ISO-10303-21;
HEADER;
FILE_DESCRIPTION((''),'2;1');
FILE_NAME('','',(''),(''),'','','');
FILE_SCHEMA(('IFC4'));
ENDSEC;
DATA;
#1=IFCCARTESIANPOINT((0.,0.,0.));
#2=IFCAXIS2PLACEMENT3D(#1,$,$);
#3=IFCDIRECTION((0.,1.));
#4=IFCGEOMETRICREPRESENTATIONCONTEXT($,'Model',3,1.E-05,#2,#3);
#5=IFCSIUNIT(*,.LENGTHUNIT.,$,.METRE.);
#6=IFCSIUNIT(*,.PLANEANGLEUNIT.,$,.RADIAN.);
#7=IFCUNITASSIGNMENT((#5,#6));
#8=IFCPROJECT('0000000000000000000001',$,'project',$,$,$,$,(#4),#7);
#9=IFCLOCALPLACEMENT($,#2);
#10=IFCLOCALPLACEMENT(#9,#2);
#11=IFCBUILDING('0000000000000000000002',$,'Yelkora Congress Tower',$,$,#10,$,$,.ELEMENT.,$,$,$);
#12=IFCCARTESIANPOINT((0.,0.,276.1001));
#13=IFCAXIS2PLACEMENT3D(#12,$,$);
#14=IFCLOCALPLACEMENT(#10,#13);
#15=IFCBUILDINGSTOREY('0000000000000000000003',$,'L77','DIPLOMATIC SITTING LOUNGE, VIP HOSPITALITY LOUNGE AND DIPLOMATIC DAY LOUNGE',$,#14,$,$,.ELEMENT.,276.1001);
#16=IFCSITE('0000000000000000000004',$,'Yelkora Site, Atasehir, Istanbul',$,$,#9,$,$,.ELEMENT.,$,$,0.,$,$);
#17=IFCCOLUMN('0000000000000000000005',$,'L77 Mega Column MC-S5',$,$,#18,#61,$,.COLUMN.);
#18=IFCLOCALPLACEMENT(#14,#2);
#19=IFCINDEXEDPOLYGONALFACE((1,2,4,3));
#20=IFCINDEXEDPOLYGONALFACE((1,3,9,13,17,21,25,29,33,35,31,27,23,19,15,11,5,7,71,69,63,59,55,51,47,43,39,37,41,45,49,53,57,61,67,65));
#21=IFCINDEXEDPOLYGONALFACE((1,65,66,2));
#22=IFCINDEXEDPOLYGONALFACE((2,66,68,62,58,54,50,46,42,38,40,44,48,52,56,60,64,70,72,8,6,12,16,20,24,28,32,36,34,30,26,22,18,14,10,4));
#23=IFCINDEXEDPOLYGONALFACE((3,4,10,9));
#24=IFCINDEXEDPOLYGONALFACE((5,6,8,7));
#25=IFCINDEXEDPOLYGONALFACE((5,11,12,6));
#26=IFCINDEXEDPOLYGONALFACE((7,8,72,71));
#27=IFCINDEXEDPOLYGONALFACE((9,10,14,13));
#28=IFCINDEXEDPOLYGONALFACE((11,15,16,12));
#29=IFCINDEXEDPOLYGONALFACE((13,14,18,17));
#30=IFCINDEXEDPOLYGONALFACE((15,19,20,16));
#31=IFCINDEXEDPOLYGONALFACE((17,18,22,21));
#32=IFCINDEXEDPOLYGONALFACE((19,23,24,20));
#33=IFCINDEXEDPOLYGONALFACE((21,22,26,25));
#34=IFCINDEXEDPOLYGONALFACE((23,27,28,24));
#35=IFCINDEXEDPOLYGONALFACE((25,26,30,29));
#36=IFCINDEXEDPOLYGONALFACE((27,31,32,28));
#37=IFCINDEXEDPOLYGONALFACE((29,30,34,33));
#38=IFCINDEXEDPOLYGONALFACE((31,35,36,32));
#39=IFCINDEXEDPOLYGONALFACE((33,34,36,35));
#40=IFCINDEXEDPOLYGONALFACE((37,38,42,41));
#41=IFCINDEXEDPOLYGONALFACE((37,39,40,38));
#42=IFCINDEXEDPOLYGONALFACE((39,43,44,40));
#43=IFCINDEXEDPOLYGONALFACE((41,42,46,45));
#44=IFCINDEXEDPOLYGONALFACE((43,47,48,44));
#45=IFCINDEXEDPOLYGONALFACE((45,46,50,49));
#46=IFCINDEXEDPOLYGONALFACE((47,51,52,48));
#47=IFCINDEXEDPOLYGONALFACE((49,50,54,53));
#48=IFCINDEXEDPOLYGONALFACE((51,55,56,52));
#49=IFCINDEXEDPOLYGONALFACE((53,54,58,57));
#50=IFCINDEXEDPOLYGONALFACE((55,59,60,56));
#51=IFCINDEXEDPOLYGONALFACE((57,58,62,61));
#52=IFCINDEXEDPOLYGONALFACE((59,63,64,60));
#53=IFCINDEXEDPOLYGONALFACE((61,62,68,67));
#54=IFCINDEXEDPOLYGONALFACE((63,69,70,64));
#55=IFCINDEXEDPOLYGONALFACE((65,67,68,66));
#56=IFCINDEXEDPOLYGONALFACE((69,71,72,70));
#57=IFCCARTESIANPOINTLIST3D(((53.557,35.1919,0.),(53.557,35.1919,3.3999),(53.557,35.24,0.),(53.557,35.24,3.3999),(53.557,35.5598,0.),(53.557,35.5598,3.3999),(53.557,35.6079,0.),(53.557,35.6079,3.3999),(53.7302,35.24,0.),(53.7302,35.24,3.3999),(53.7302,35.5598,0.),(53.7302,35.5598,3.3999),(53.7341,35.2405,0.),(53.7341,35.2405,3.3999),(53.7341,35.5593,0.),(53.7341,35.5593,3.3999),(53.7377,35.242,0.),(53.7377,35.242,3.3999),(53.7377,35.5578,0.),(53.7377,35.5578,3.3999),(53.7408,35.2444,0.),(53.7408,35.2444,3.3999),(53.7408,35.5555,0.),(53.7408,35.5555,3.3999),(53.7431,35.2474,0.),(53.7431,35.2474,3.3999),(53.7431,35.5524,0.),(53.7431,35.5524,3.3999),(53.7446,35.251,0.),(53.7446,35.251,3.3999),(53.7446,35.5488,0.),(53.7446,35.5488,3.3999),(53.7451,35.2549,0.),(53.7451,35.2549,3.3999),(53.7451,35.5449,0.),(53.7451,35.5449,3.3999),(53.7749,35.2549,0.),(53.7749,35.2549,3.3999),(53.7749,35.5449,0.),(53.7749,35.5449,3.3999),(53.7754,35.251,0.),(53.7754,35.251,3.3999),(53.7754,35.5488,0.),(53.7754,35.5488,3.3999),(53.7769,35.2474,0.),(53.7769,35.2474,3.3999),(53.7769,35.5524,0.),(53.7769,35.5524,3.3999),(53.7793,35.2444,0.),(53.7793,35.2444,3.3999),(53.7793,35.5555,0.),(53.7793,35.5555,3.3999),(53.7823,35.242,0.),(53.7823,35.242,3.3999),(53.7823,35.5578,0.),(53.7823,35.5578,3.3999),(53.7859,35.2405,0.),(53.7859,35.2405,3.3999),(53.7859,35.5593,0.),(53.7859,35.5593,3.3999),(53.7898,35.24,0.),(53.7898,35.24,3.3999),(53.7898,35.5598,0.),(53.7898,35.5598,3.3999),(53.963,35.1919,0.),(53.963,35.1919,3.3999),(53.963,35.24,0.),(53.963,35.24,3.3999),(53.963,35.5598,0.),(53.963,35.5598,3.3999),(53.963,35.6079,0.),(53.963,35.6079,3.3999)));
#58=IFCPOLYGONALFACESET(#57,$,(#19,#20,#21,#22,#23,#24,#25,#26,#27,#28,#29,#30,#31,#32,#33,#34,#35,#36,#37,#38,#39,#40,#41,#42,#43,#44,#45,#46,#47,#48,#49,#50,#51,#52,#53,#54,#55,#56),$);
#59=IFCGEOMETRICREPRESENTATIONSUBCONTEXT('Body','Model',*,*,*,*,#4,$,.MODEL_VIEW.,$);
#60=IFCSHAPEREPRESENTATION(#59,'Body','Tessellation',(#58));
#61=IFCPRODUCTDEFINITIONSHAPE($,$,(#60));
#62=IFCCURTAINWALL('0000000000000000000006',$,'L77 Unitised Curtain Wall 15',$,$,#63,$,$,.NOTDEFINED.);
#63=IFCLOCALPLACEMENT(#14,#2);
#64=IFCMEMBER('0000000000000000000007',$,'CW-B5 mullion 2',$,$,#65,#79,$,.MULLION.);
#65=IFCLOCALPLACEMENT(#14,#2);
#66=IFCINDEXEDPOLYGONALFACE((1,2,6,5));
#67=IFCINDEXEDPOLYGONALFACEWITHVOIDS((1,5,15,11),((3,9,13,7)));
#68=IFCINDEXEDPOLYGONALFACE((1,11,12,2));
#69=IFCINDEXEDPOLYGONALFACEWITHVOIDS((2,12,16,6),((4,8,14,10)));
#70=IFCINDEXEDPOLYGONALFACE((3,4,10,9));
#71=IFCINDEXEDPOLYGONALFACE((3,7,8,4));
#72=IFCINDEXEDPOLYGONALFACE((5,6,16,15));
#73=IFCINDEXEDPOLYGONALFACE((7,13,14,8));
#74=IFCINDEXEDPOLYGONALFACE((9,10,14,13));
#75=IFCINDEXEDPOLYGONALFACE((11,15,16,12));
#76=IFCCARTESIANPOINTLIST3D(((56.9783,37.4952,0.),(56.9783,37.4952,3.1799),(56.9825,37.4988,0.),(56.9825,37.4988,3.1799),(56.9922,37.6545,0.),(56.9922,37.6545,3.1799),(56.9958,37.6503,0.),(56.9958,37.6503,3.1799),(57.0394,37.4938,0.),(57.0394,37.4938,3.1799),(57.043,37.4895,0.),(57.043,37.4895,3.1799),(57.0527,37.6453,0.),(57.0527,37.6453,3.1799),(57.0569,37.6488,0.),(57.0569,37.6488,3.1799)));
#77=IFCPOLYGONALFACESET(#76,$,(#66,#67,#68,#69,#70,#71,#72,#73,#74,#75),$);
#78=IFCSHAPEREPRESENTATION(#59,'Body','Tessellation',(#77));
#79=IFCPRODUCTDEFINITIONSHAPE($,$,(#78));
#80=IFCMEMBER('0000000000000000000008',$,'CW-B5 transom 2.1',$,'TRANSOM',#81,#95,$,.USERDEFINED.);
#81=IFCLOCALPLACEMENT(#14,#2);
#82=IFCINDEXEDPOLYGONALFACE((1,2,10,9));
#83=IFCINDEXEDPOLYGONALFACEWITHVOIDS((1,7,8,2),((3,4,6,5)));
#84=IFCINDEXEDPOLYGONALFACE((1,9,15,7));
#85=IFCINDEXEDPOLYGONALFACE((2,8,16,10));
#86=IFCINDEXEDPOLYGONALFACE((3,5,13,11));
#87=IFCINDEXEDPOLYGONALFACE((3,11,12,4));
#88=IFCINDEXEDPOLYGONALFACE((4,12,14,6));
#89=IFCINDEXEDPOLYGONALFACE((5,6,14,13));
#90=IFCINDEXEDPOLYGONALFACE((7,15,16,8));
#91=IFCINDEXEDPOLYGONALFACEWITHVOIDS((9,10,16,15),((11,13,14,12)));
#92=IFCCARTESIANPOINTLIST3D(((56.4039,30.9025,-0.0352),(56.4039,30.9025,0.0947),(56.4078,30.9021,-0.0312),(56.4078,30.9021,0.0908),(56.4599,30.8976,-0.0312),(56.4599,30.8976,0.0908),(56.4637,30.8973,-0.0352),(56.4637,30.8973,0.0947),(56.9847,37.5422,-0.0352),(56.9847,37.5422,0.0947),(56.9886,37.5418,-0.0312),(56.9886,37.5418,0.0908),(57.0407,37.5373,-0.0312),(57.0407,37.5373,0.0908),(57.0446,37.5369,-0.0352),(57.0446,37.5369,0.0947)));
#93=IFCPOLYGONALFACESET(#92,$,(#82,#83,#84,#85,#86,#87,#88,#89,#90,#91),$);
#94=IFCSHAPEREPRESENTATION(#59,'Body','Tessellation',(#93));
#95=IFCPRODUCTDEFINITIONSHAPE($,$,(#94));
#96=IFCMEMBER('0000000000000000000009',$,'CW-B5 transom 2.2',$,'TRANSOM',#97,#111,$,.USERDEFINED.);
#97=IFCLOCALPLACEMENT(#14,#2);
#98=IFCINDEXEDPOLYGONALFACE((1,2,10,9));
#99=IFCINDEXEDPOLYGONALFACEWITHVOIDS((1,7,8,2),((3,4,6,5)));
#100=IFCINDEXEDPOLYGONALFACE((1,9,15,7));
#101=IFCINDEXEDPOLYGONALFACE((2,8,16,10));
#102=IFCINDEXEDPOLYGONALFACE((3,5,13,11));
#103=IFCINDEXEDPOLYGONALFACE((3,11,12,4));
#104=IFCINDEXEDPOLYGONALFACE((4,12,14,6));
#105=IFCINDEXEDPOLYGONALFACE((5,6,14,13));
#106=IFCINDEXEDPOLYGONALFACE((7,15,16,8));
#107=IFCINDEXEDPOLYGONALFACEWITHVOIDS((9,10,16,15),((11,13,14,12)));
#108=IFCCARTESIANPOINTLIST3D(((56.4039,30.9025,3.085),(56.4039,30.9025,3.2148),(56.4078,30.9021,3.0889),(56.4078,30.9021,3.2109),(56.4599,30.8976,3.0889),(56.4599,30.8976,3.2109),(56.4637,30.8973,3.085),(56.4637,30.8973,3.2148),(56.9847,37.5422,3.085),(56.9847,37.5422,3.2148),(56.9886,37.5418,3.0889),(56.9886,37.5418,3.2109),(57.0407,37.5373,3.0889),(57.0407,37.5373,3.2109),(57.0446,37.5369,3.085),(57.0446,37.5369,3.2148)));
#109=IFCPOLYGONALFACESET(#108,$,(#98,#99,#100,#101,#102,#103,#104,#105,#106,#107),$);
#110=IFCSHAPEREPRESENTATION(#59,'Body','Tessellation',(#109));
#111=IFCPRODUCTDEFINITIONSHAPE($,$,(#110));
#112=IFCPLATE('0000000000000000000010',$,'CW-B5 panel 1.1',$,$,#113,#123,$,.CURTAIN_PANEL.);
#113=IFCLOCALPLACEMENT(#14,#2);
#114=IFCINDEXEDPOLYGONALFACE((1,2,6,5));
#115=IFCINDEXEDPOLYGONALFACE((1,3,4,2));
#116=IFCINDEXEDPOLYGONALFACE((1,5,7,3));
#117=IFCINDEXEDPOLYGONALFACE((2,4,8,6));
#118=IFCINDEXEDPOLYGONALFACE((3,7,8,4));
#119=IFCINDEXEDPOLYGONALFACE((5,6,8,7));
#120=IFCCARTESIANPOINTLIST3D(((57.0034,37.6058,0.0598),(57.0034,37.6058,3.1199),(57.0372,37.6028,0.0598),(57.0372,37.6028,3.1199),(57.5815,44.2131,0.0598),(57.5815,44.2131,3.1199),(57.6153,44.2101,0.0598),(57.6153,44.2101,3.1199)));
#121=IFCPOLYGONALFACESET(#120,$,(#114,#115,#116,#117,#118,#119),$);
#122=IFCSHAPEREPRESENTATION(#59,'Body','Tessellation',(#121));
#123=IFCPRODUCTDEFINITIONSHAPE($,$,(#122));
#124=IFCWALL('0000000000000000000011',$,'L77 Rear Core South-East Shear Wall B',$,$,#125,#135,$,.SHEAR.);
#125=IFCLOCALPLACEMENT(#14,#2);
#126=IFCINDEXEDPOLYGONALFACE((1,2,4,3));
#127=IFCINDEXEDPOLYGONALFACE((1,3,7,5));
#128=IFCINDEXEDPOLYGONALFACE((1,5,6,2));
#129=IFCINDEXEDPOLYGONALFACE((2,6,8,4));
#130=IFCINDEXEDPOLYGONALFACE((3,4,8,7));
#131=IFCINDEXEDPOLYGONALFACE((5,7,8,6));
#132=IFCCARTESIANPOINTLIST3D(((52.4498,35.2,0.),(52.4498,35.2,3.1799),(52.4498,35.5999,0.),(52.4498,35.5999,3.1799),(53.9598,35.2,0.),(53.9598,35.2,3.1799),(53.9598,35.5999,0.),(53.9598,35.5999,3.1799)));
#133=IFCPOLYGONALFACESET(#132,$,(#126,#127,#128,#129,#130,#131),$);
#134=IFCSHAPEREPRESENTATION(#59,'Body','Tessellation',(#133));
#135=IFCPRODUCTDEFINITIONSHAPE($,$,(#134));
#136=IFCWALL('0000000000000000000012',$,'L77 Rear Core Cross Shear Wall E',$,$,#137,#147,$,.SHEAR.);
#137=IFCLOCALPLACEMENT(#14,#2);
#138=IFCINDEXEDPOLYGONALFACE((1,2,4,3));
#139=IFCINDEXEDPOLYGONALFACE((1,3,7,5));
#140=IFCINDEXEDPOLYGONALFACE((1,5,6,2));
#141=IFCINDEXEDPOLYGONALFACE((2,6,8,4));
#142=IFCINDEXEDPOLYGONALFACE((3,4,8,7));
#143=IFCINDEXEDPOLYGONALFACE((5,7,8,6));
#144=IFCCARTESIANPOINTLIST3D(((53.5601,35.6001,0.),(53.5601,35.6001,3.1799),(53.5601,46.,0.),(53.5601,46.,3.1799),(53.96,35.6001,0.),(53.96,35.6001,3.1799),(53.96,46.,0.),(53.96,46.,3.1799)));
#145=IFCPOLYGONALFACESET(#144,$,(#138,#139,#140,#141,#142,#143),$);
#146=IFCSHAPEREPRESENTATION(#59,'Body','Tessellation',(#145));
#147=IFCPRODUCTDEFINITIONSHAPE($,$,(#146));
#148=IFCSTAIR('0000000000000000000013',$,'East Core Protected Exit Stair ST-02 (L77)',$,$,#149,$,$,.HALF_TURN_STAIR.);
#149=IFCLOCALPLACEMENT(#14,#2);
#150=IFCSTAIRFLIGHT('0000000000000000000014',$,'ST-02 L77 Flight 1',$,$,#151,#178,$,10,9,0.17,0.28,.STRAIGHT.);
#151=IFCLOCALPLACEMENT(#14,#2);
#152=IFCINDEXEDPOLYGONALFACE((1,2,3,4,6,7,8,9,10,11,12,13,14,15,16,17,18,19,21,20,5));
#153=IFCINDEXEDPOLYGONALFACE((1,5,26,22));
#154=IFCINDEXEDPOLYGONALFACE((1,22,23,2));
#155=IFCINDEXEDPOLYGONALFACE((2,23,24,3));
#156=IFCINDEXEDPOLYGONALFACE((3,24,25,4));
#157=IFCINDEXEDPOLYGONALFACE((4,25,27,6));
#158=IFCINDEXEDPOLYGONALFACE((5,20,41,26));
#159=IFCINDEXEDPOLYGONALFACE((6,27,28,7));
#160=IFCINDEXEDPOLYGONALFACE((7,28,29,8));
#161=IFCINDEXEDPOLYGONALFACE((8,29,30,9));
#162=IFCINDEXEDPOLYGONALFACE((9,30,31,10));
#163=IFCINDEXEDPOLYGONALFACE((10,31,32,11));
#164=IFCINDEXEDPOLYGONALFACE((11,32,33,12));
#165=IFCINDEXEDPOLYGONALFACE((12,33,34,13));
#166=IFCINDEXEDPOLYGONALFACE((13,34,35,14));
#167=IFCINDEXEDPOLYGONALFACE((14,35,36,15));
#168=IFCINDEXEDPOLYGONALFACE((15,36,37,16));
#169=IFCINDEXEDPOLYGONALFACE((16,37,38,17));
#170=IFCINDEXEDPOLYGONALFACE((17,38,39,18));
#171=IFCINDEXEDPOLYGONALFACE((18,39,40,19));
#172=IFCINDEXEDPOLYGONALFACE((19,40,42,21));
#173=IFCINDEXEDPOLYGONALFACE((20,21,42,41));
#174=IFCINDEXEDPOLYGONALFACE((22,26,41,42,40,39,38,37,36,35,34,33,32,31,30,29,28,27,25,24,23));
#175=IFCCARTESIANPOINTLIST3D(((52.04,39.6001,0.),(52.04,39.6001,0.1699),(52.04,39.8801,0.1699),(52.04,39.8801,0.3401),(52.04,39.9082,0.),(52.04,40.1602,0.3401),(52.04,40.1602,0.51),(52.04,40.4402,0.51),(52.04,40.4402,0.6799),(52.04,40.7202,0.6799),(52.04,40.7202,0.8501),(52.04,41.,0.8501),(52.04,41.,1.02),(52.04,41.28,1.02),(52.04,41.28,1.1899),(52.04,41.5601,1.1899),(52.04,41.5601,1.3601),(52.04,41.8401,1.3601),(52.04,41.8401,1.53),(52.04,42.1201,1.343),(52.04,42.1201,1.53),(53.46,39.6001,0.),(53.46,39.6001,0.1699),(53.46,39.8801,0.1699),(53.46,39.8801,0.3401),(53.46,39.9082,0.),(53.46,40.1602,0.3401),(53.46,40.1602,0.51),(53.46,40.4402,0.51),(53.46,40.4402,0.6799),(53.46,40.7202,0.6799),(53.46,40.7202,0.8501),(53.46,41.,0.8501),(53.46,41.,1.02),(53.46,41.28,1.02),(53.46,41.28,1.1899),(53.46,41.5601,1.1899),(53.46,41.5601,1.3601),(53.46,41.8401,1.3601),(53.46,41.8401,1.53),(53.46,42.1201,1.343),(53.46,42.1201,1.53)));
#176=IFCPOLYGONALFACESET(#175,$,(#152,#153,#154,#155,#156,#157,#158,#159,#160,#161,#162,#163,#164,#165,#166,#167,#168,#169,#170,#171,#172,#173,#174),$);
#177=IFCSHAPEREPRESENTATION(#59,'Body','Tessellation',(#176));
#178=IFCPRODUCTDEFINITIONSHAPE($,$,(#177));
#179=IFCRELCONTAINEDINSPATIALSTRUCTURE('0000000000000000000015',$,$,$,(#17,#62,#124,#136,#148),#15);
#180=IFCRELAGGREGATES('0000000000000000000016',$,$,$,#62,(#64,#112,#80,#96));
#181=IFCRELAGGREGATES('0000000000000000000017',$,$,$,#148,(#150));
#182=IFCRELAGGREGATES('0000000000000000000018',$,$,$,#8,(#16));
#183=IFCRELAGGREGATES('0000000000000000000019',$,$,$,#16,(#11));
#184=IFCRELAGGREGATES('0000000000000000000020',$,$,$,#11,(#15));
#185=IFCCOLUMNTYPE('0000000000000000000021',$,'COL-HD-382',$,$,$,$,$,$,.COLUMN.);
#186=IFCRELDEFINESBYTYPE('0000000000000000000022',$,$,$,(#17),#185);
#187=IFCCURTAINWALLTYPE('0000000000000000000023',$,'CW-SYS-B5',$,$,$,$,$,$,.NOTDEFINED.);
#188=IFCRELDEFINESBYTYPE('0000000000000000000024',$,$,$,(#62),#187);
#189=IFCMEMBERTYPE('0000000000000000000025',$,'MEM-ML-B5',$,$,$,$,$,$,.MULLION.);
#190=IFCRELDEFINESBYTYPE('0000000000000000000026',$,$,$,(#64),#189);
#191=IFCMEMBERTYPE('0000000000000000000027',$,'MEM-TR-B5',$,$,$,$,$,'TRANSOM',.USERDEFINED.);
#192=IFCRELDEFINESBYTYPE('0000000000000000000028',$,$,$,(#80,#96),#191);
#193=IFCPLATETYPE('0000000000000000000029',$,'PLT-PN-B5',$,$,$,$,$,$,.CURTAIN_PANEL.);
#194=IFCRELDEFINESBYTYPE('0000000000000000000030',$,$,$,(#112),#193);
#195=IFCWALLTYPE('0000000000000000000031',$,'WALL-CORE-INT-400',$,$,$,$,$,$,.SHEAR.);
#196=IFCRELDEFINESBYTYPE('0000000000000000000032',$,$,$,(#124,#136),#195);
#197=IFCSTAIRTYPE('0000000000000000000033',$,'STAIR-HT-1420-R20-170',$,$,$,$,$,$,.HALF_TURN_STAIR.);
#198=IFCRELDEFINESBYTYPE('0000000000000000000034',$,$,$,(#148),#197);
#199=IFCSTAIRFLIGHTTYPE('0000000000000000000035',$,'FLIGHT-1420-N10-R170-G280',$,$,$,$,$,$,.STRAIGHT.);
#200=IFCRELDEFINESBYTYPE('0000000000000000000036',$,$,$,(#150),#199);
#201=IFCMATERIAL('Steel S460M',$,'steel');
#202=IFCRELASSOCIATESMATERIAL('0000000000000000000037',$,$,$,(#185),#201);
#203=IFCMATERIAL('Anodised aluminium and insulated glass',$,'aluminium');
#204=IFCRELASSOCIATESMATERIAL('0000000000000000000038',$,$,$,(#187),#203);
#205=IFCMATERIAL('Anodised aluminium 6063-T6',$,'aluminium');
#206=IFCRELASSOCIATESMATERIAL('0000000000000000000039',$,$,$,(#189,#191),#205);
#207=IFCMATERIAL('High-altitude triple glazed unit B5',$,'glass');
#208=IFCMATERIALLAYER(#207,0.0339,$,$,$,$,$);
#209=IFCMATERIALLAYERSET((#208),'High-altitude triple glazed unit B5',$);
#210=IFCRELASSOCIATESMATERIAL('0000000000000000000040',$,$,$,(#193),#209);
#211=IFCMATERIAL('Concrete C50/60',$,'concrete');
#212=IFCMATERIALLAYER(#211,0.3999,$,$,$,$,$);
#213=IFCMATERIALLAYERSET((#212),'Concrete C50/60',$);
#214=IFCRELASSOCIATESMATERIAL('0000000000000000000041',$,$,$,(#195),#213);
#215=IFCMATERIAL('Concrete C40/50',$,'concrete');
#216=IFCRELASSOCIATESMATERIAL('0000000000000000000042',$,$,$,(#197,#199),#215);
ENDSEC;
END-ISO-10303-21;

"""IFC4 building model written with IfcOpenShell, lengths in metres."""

from ifc_helpers import new_model, si_unit, direction, frame, frame_2d, origin, origin_2d, place, context, subcontext, project, spatial, polyline, rectangle, hollow_rectangle, i_section, outline, extrude, material, layer, layer_set, material_profile, profile_set, type_object, element, aggregate, save


model = new_model("IFC4")

# Units and contexts
model_context = context("Model", 3, precision=1e-05, world=origin(), true_north=direction((0.0, 1.0)))
body_context = subcontext(model_context, "Body", "Model", "MODEL_VIEW")
ifc_project = project(units=[si_unit("LENGTHUNIT", "METRE"), si_unit("PLANEANGLEUNIT", "RADIAN")], contexts=[model_context])

# Site, building, storey
site_placement = place(None, origin())
site = spatial("IfcSite", under=ifc_project, at=site_placement, Name="Yelkora Site, Atasehir, Istanbul", CompositionType="ELEMENT", RefElevation=0.0)
building_placement = place(site_placement, origin())
building = spatial("IfcBuilding", under=site, at=building_placement, Name="Yelkora Congress Tower", CompositionType="ELEMENT")
storey_placement = place(building_placement, frame((0.0, 0.0, 276.1001)))
storey = spatial("IfcBuildingStorey", under=building, at=storey_placement, Name="L77", Description="DIPLOMATIC SITTING LOUNGE, VIP HOSPITALITY LOUNGE AND DIPLOMATIC DAY LOUNGE", CompositionType="ELEMENT", Elevation=276.1001)

# Column
ifc_material_1 = material(Name="Steel S460M", Category="steel")
ifc_material_profile_1 = material_profile(ifc_material_1, i_section(OverallWidth=0.406, OverallDepth=0.416, WebThickness=0.0298, FlangeThickness=0.0481, FilletRadius=0.0149, at=origin_2d()), Name="HD 400x382")
ifc_profile_set_1 = profile_set([ifc_material_profile_1], Name="Steel S460M")
column_type = type_object("IfcColumnType", Name="COL-HD-382", PredefinedType="COLUMN", material=ifc_profile_set_1)
column_placement = place(storey_placement, frame((53.76, 35.3999, 0.0), z_axis=(0.0, 0.0, 1.0), x_axis=(1.0, 0.0, 0.0)))
element("IfcColumn", 1, at=column_placement, inside=storey, type_object=column_type, Name="L77 Mega Column MC-S5", PredefinedType="COLUMN", context=body_context, shape_type="SweptSolid", body=[
    extrude(i_section(OverallWidth=0.406, OverallDepth=0.416, WebThickness=0.0298, FlangeThickness=0.0481, FilletRadius=0.0149, at=origin_2d()), origin(), (0.0, 0.0, 1.0), 3.3999),
])

# Curtain wall, members, plate
ifc_material_2 = material(Name="Anodised aluminium and insulated glass", Category="aluminium")
curtain_wall_type = type_object("IfcCurtainWallType", Name="CW-SYS-B5", PredefinedType="NOTDEFINED", material=ifc_material_2)
curtain_wall_placement = place(storey_placement, origin())
curtain_wall = element("IfcCurtainWall", 2, at=curtain_wall_placement, inside=storey, type_object=curtain_wall_type, Name="L77 Unitised Curtain Wall 15", PredefinedType="NOTDEFINED")
ifc_material_3 = material(Name="Anodised aluminium 6063-T6", Category="aluminium")
ifc_material_profile_2 = material_profile(ifc_material_3, hollow_rectangle(XDim=0.0649, YDim=0.1599, WallThickness=0.0039, at=origin_2d()), Name="ALU 65x160x4")
ifc_profile_set_2 = profile_set([ifc_material_profile_2], Name="Anodised aluminium 6063-T6")
member_type_1 = type_object("IfcMemberType", Name="MEM-ML-B5", PredefinedType="MULLION", material=ifc_profile_set_2)
member_1_placement = place(storey_placement, frame((57.0176, 37.572, 0.0), z_axis=(0.0, 0.0, 1.0), x_axis=(0.996194, -0.087158, 0.0)))
member_1 = element("IfcMember", 3, at=member_1_placement, type_object=member_type_1, Name="CW-B5 mullion 2", PredefinedType="MULLION", context=body_context, shape_type="SweptSolid", body=[
    extrude(hollow_rectangle(XDim=0.0649, YDim=0.1599, WallThickness=0.0039, at=origin_2d()), origin(), (0.0, 0.0, 1.0), 3.1799),
])
ifc_material_profile_3 = material_profile(ifc_material_3, hollow_rectangle(XDim=0.0601, YDim=0.1299, WallThickness=0.0039, at=origin_2d()), Name="ALU 60x130x4")
ifc_profile_set_3 = profile_set([ifc_material_profile_3], Name="Anodised aluminium 6063-T6")
member_type_2 = type_object("IfcMemberType", Name="MEM-TR-B5", ElementType="TRANSOM", PredefinedType="USERDEFINED", material=ifc_profile_set_3)
member_2_placement = place(storey_placement, frame((57.0146, 37.5396, 0.0298), z_axis=(-0.087143, -0.996196, 0.0), x_axis=(0.996196, -0.087143, 0.0)))
member_2 = element("IfcMember", 4, at=member_2_placement, type_object=member_type_2, Name="CW-B5 transom 2.1", ObjectType="TRANSOM", PredefinedType="USERDEFINED", context=body_context, shape_type="SweptSolid", body=[
    extrude(hollow_rectangle(XDim=0.0601, YDim=0.1299, WallThickness=0.0039, at=origin_2d()), origin(), (0.0, 0.0, 1.0), 6.665),
])
member_3_placement = place(storey_placement, frame((57.0146, 37.5396, 3.1499), z_axis=(-0.087143, -0.996196, 0.0), x_axis=(0.996196, -0.087143, 0.0)))
member_3 = element("IfcMember", 5, at=member_3_placement, type_object=member_type_2, Name="CW-B5 transom 2.2", ObjectType="TRANSOM", PredefinedType="USERDEFINED", context=body_context, shape_type="SweptSolid", body=[
    extrude(hollow_rectangle(XDim=0.0601, YDim=0.1299, WallThickness=0.0039, at=origin_2d()), origin(), (0.0, 0.0, 1.0), 6.665),
])
ifc_material_4 = material(Name="High-altitude triple glazed unit B5", Category="glass")
ifc_layer_1 = layer(ifc_material_4, 0.0339)
ifc_layer_set_1 = layer_set([ifc_layer_1], Name="High-altitude triple glazed unit B5")
plate_type = type_object("IfcPlateType", Name="PLT-PN-B5", PredefinedType="CURTAIN_PANEL", material=ifc_layer_set_1)
plate_placement = place(storey_placement, frame((57.3093, 40.908, 0.0598), z_axis=(0.0, 0.0, 1.0), x_axis=(-0.087158, -0.996194, 0.0)))
plate = element("IfcPlate", 6, at=plate_placement, type_object=plate_type, Name="CW-B5 panel 1.1", PredefinedType="CURTAIN_PANEL", context=body_context, shape_type="SweptSolid", body=[
    extrude(rectangle(XDim=6.6326, YDim=0.0339, at=origin_2d()), origin(), (0.0, 0.0, 1.0), 3.0601),
])
aggregate(curtain_wall, [member_1, plate, member_2, member_3])

# Walls
ifc_material_5 = material(Name="Concrete C50/60", Category="concrete")
ifc_layer_2 = layer(ifc_material_5, 0.3999)
ifc_layer_set_2 = layer_set([ifc_layer_2], Name="Concrete C50/60")
wall_type = type_object("IfcWallType", Name="WALL-CORE-INT-400", PredefinedType="SHEAR", material=ifc_layer_set_2)
wall_1_placement = place(storey_placement, frame((52.45, 35.3999, 0.0), z_axis=(0.0, 0.0, 1.0), x_axis=(1.0, 0.0, 0.0)))
element("IfcWall", 7, at=wall_1_placement, inside=storey, type_object=wall_type, Name="L77 Rear Core South-East Shear Wall B", PredefinedType="SHEAR", context=body_context, shape_type="SweptSolid", body=[
    extrude(rectangle(XDim=1.51, YDim=0.3999, at=frame_2d((0.7549, 0.0))), origin(), (0.0, 0.0, 1.0), 3.1799),
])
wall_2_placement = place(storey_placement, frame((53.76, 35.6001, 0.0), z_axis=(0.0, 0.0, 1.0), x_axis=(0.0, 1.0, 0.0)))
element("IfcWall", 8, at=wall_2_placement, inside=storey, type_object=wall_type, Name="L77 Rear Core Cross Shear Wall E", PredefinedType="SHEAR", context=body_context, shape_type="SweptSolid", body=[
    extrude(rectangle(XDim=10.3999, YDim=0.3999, at=frame_2d((5.2, 0.0))), origin(), (0.0, 0.0, 1.0), 3.1799),
])

# Stair, stair flight
ifc_material_6 = material(Name="Concrete C40/50", Category="concrete")
stair_type = type_object("IfcStairType", Name="STAIR-HT-1420-R20-170", PredefinedType="HALF_TURN_STAIR", material=ifc_material_6)
stair_placement = place(storey_placement, origin())
stair = element("IfcStair", 9, at=stair_placement, inside=storey, type_object=stair_type, Name="East Core Protected Exit Stair ST-02 (L77)", PredefinedType="HALF_TURN_STAIR")
stair_flight_type = type_object("IfcStairFlightType", Name="FLIGHT-1420-N10-R170-G280", PredefinedType="STRAIGHT", material=ifc_material_6)
stair_flight_1_placement = place(storey_placement, frame((52.75, 39.6001, 0.0), z_axis=(0.0, 0.0, 1.0), x_axis=(0.0, 1.0, 0.0)))
stair_flight_1 = element("IfcStairFlight", 10, at=stair_flight_1_placement, type_object=stair_flight_type, Name="ST-02 L77 Flight 1", NumberOfRisers=10, NumberOfTreads=9, PredefinedType="STRAIGHT", RiserHeight=0.17, TreadLength=0.28, context=body_context, shape_type="SweptSolid", body=[
    extrude(outline(polyline([(0.0, 0.0), (0.0, 0.1699), (0.28, 0.1699), (0.28, 0.3401), (0.5601, 0.3401), (0.5601, 0.51), (0.8401, 0.51), (0.8401, 0.6799), (1.1201, 0.6799), (1.1201, 0.8501), (1.3999, 0.8501), (1.3999, 1.02), (1.6799, 1.02), (1.6799, 1.1899), (1.96, 1.1899), (1.96, 1.3601), (2.24, 1.3601), (2.24, 1.53), (2.52, 1.53), (2.52, 1.7), (2.52, 1.343), (0.3081, 0.0), (0.0, 0.0)])), frame((0.0, 0.71, 0.0), z_axis=(0.0, -1.0, 0.0), x_axis=(1.0, 0.0, 0.0)), (0.0, 0.0, 1.0), 1.4199),
])
aggregate(stair, [stair_flight_1])

save(model, "model.ifc")
